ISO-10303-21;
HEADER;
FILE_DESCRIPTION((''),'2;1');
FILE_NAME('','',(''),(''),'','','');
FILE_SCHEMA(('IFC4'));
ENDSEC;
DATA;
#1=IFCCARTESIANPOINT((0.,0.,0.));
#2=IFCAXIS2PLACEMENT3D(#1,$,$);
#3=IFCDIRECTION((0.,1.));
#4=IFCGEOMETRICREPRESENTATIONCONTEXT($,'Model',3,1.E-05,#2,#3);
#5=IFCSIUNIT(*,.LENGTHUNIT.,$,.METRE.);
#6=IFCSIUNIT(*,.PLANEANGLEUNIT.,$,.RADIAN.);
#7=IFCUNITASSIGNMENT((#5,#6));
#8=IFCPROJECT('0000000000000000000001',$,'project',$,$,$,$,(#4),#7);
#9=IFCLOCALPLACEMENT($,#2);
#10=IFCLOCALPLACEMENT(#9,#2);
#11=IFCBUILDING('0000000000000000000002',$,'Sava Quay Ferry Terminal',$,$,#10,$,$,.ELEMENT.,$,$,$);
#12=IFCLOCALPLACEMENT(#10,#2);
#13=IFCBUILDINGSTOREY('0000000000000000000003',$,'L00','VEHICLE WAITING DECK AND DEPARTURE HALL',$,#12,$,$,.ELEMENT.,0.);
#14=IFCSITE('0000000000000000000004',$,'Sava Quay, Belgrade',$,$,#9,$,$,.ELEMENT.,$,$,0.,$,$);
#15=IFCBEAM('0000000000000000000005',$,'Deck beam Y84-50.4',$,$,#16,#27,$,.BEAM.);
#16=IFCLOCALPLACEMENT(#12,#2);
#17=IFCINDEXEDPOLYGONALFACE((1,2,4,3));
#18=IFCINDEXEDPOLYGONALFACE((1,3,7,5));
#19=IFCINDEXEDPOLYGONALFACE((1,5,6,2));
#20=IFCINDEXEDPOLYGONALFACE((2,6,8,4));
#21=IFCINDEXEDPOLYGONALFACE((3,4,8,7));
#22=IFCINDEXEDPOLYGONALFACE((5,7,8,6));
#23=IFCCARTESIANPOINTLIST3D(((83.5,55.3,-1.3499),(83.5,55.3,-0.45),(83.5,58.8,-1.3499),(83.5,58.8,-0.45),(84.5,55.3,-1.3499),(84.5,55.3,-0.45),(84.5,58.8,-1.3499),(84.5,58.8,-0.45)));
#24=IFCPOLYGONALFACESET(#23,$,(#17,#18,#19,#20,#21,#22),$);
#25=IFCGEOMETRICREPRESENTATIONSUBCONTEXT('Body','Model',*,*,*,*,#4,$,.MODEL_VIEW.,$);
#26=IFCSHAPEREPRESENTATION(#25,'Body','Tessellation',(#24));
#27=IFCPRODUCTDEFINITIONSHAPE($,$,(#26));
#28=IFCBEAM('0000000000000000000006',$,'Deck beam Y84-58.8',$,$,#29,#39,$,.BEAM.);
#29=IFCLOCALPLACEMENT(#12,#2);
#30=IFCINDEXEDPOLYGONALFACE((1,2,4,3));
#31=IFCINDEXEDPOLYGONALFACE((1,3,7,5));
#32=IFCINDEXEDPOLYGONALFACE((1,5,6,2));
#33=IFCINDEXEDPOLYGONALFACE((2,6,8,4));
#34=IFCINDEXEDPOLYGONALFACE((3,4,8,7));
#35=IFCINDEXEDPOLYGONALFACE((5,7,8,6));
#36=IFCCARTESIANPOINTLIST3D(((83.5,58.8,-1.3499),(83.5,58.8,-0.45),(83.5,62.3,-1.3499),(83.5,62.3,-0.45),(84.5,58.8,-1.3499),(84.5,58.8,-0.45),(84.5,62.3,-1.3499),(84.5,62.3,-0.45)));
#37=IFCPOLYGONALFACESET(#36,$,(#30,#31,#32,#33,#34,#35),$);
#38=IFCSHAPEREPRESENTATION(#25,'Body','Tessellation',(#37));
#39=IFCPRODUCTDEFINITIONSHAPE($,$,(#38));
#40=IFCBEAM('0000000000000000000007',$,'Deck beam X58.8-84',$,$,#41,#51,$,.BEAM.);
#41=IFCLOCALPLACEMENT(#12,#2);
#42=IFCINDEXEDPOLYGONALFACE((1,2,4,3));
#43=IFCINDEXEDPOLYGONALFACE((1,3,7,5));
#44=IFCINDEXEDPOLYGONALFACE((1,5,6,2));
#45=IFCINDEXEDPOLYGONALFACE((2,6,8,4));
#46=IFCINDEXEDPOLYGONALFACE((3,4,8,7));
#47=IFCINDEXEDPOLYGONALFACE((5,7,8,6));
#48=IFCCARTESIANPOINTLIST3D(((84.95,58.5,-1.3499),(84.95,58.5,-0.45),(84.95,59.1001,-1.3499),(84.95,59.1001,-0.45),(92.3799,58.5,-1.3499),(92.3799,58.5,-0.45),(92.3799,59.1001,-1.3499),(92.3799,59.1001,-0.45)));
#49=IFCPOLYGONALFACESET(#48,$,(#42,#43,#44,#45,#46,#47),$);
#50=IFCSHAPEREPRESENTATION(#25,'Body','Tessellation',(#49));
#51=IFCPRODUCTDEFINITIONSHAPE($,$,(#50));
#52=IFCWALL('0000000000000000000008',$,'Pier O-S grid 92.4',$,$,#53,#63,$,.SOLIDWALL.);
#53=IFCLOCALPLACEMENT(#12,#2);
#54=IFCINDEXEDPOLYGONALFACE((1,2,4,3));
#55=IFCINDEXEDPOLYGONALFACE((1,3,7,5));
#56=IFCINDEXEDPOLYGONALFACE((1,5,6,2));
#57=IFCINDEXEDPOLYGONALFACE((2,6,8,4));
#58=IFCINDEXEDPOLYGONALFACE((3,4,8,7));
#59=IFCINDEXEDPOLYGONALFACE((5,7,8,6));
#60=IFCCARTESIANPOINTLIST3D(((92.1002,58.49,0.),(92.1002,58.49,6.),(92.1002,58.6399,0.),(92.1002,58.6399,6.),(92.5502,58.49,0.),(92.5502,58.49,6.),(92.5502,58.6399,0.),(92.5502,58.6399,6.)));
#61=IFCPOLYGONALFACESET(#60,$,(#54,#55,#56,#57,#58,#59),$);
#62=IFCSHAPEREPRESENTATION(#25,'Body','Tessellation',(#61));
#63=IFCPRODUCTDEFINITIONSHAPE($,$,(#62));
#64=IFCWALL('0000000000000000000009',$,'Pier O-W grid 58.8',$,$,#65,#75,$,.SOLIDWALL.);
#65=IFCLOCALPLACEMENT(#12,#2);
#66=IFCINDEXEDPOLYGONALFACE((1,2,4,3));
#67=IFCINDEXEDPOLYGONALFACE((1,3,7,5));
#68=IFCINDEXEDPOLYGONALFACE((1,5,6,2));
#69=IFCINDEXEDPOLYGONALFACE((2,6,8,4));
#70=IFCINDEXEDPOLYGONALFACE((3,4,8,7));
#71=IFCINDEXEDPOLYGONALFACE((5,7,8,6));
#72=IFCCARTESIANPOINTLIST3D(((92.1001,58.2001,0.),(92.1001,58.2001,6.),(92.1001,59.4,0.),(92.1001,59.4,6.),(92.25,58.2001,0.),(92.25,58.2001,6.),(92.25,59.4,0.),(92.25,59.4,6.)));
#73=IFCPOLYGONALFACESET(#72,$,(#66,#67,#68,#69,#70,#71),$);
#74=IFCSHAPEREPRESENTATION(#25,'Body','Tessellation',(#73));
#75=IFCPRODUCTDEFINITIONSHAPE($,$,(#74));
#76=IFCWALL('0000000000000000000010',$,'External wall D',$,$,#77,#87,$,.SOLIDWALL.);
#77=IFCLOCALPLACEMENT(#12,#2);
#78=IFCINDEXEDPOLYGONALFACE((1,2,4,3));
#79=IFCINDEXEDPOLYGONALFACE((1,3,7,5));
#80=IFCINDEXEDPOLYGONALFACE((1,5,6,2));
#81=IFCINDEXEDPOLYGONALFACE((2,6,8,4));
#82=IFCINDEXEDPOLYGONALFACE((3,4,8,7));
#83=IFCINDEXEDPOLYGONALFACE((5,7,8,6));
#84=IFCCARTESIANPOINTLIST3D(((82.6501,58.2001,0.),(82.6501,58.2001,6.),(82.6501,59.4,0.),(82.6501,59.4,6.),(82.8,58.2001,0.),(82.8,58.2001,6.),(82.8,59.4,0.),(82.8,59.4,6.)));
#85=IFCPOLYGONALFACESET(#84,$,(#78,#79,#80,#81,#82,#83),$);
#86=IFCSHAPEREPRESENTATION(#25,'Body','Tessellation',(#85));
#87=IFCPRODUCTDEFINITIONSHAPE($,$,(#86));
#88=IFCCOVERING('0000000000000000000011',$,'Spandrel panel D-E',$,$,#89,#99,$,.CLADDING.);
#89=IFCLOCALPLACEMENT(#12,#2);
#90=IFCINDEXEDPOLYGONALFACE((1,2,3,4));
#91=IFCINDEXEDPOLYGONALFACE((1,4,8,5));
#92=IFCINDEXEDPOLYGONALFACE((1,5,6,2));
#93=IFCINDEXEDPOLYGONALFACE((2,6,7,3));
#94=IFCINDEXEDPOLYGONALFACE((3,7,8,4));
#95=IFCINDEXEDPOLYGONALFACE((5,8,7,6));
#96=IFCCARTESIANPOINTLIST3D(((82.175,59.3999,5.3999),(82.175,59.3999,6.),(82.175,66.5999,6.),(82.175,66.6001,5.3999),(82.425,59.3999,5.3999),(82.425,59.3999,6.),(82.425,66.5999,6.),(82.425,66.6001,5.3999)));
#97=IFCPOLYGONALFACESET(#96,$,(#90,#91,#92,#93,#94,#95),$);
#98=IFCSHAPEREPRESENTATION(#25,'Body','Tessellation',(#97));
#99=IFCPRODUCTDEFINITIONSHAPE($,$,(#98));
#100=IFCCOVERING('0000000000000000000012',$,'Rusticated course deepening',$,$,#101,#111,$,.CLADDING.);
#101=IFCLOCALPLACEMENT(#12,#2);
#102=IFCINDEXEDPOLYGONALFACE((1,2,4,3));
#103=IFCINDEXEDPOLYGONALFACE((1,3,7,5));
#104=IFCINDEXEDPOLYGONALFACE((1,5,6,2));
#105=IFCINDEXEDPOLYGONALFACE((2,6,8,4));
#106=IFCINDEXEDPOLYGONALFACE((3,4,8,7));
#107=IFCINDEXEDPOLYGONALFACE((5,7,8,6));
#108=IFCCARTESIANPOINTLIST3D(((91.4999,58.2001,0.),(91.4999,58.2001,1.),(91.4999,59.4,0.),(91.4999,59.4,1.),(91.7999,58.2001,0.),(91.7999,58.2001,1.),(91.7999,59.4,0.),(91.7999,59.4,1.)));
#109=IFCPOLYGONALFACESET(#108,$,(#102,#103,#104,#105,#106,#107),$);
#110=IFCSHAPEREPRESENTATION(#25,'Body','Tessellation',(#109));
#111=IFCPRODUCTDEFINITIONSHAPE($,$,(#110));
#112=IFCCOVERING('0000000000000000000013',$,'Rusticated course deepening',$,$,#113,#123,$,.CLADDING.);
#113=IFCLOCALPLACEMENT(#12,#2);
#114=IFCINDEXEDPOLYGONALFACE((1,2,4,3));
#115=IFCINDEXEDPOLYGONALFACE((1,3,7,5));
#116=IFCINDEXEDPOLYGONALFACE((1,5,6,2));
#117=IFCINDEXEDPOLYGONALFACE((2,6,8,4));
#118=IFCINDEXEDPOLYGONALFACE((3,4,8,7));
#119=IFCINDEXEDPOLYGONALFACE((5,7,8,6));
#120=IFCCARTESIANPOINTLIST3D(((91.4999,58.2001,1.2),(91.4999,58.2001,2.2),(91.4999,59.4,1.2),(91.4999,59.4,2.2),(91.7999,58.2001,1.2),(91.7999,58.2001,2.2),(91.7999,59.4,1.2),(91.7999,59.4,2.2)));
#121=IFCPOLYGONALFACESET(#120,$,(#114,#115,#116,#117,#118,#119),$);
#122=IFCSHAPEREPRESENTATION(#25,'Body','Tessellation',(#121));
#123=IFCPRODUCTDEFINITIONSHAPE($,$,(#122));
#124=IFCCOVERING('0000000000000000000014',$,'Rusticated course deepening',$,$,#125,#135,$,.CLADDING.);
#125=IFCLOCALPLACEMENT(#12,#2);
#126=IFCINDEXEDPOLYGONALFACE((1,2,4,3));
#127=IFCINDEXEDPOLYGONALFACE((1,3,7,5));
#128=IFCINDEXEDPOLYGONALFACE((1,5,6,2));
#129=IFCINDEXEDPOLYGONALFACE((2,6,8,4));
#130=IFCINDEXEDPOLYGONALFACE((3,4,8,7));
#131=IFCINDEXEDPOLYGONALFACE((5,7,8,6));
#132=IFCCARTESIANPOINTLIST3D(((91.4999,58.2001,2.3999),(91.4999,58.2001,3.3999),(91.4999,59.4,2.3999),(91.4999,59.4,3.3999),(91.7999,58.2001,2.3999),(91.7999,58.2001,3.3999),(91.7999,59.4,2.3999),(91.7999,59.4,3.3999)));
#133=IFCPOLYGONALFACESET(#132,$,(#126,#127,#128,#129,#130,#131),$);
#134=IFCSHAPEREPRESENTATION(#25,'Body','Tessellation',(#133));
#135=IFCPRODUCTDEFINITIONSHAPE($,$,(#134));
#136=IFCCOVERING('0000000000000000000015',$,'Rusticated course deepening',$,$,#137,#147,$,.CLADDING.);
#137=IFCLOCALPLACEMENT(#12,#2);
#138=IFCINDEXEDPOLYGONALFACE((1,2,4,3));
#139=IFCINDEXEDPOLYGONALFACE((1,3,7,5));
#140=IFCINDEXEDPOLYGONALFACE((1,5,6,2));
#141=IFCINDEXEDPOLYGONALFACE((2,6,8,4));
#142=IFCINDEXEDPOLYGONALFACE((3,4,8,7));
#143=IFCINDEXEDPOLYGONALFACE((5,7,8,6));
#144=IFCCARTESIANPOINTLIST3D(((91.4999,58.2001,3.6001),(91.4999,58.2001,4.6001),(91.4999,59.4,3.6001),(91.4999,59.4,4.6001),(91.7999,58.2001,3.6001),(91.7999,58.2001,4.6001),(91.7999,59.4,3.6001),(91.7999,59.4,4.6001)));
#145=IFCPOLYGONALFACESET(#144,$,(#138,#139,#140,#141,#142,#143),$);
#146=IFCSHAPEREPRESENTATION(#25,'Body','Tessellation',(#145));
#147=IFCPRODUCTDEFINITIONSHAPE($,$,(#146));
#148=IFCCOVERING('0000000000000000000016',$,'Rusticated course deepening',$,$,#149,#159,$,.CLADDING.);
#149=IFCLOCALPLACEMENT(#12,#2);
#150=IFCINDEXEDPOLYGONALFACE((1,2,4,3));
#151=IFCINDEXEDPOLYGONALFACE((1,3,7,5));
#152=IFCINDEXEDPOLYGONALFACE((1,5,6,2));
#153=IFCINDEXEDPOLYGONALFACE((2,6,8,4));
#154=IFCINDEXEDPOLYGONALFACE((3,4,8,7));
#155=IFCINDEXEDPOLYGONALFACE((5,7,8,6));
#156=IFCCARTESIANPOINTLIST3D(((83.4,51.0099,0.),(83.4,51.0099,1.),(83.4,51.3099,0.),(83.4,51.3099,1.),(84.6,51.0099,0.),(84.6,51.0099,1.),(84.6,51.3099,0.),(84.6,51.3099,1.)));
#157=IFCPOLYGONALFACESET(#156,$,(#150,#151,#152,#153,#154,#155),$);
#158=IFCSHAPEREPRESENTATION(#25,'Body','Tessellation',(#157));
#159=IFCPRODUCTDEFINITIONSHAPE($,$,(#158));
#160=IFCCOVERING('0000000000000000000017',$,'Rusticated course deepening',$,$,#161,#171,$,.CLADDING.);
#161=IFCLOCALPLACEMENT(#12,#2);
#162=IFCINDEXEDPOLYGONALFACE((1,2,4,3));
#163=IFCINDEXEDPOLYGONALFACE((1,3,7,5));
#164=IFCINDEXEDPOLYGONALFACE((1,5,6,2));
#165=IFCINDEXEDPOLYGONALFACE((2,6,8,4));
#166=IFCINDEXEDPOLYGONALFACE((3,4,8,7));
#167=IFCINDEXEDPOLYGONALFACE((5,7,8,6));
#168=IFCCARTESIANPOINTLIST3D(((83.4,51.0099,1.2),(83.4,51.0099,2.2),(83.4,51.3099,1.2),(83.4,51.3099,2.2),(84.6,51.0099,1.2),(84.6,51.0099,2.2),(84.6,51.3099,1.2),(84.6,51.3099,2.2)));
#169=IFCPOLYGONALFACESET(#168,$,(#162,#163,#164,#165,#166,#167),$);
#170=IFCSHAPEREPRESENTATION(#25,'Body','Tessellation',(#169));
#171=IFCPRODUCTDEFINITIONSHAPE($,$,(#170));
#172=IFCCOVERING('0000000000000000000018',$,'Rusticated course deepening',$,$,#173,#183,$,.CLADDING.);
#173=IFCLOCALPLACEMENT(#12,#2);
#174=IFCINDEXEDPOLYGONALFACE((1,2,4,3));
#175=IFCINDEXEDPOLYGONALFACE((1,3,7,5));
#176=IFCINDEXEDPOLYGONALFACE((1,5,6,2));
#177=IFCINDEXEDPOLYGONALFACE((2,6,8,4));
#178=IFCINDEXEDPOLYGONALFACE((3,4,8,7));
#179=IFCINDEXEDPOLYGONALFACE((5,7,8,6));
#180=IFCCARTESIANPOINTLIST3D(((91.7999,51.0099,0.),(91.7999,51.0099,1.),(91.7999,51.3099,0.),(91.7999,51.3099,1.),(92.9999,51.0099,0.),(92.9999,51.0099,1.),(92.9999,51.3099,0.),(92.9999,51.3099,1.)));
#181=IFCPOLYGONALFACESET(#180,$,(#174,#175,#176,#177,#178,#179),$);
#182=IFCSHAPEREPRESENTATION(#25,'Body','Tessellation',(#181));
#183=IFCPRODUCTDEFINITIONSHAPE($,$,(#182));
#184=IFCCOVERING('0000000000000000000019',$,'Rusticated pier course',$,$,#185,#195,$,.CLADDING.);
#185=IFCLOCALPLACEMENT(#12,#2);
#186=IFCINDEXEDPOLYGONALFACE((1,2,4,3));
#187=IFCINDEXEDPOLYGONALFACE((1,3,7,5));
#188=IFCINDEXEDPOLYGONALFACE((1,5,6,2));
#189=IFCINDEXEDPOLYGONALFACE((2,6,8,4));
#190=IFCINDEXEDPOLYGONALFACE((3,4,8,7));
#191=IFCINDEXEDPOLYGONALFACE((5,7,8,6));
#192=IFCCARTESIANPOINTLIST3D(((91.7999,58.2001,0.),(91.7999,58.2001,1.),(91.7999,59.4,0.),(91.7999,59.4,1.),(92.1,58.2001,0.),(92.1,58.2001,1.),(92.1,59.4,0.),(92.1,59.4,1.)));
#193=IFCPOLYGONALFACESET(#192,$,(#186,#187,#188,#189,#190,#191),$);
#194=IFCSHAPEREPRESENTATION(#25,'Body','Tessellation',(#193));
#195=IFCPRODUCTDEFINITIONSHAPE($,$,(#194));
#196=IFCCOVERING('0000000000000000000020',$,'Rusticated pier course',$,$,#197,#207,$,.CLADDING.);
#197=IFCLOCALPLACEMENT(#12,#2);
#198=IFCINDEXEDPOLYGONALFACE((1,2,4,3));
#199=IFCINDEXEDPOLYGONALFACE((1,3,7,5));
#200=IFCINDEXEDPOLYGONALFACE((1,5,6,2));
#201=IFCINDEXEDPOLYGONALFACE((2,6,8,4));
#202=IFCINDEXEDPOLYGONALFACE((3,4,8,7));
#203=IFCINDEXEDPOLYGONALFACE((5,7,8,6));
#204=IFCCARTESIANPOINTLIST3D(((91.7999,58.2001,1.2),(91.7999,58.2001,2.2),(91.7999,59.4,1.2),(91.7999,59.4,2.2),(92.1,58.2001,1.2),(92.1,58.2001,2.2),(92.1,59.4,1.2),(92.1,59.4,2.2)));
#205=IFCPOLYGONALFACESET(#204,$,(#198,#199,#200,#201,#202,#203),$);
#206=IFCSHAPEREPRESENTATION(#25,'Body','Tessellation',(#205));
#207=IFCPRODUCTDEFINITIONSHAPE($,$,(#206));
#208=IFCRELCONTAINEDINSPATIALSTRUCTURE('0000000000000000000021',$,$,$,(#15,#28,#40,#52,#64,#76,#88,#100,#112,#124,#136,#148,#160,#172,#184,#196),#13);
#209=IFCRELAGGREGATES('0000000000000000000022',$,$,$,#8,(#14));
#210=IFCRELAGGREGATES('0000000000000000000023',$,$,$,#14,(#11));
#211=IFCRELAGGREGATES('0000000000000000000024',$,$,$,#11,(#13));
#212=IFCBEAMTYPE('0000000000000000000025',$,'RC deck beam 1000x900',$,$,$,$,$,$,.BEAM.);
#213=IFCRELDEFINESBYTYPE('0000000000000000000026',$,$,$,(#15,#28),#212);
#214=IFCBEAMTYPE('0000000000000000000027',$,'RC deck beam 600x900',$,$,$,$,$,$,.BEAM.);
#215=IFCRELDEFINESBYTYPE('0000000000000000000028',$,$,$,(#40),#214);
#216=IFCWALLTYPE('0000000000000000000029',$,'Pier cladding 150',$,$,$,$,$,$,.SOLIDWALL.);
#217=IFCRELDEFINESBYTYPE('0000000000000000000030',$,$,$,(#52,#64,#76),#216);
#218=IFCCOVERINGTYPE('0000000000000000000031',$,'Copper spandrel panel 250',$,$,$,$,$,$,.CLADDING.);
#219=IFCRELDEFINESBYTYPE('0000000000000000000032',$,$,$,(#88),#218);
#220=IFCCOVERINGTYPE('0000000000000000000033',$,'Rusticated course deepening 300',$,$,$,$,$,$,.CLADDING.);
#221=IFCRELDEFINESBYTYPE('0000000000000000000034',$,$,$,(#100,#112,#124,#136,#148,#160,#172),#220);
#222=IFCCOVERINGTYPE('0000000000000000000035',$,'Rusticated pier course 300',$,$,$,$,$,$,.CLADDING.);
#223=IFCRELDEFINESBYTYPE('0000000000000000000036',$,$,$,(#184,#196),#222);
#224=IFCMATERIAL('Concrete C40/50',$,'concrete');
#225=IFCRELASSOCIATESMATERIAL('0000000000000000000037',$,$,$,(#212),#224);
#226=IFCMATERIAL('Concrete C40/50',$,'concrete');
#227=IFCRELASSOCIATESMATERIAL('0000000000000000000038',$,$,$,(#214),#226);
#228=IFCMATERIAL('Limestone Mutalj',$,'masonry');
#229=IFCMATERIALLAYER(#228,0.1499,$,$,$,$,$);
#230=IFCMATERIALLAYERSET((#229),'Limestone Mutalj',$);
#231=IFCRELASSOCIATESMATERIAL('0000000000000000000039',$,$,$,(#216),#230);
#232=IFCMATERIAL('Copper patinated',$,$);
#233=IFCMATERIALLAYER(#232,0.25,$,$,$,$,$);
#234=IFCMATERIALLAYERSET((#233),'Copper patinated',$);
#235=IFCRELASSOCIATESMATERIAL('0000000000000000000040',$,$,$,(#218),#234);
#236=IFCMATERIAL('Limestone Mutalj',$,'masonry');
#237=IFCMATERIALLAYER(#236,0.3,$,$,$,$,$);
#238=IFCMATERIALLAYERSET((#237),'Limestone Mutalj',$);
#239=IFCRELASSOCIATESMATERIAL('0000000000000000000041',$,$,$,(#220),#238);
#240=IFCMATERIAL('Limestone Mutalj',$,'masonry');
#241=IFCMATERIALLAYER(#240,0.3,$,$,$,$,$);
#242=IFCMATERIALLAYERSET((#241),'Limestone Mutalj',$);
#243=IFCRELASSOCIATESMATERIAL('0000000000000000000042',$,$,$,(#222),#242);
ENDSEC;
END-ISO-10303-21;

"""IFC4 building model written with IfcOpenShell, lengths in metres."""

from ifc_helpers import new_model, si_unit, direction, frame, frame_2d, origin, origin_2d, place, context, subcontext, project, spatial, polyline, rectangle, outline, extrude, material, layer, layer_set, material_profile, profile_set, type_object, element, save


model = new_model("IFC4")

# Units and contexts
model_context = context("Model", 3, precision=1e-05, world=origin(), true_north=direction((0.0, 1.0)))
body_context = subcontext(model_context, "Body", "Model", "MODEL_VIEW")
ifc_project = project(units=[si_unit("LENGTHUNIT", "METRE"), si_unit("PLANEANGLEUNIT", "RADIAN")], contexts=[model_context])

# Site, building, storey
site_placement = place(None, origin())
site = spatial("IfcSite", under=ifc_project, at=site_placement, Name="Sava Quay, Belgrade", CompositionType="ELEMENT", RefElevation=0.0)
building_placement = place(site_placement, origin())
building = spatial("IfcBuilding", under=site, at=building_placement, Name="Sava Quay Ferry Terminal", CompositionType="ELEMENT")
storey_placement = place(building_placement, origin())
storey = spatial("IfcBuildingStorey", under=building, at=storey_placement, Name="L00", Description="VEHICLE WAITING DECK AND DEPARTURE HALL", CompositionType="ELEMENT", Elevation=0.0)

# Beams
ifc_material_1 = material(Name="Concrete C40/50", Category="concrete")
ifc_material_profile_1 = material_profile(ifc_material_1, rectangle(XDim=1.0, YDim=0.8999, at=origin_2d()), Name="RC 1000x900")
ifc_profile_set_1 = profile_set([ifc_material_profile_1], Name="Concrete C40/50")
beam_type_1 = type_object("IfcBeamType", Name="RC deck beam 1000x900", PredefinedType="BEAM", material=ifc_profile_set_1)
for number, where, z_axis, x_axis, name in (
    (1, (84.0, 55.3, -0.8999), (0.0, 1.0, 0.0), (-1.0, 0.0, 0.0), "Deck beam Y84-50.4"),
    (2, (84.0, 58.8, -0.8999), (0.0, 1.0, 0.0), (-1.0, 0.0, 0.0), "Deck beam Y84-58.8"),
):
    element("IfcBeam", number, at=place(storey_placement, frame(where, z_axis=z_axis, x_axis=x_axis)), inside=storey, type_object=beam_type_1, Name=name, PredefinedType="BEAM", context=body_context, shape_type="SweptSolid", body=[
        extrude(rectangle(XDim=1.0, YDim=0.8999, at=origin_2d()), origin(), (0.0, 0.0, 1.0), 3.5),
    ])
ifc_material_2 = material(Name="Concrete C40/50", Category="concrete")
ifc_material_profile_2 = material_profile(ifc_material_2, rectangle(XDim=0.6001, YDim=0.8999, at=origin_2d()), Name="RC 600x900")
ifc_profile_set_2 = profile_set([ifc_material_profile_2], Name="Concrete C40/50")
beam_type_2 = type_object("IfcBeamType", Name="RC deck beam 600x900", PredefinedType="BEAM", material=ifc_profile_set_2)
beam_placement = place(storey_placement, frame((84.95, 58.8, -0.8999), z_axis=(1.0, 0.0, 0.0), x_axis=(0.0, 1.0, 0.0)))
element("IfcBeam", 3, at=beam_placement, inside=storey, type_object=beam_type_2, Name="Deck beam X58.8-84", PredefinedType="BEAM", context=body_context, shape_type="SweptSolid", body=[
    extrude(rectangle(XDim=0.6001, YDim=0.8999, at=origin_2d()), origin(), (0.0, 0.0, 1.0), 7.4299),
])

# Walls
ifc_material_3 = material(Name="Limestone Mutalj", Category="masonry")
ifc_layer_1 = layer(ifc_material_3, 0.1499)
ifc_layer_set_1 = layer_set([ifc_layer_1], Name="Limestone Mutalj")
wall_type = type_object("IfcWallType", Name="Pier cladding 150", PredefinedType="SOLIDWALL", material=ifc_layer_set_1)
wall_placement = place(storey_placement, frame((92.1001, 58.5649, 0.0), z_axis=(0.0, 0.0, 1.0), x_axis=(1.0, 0.0, 0.0)))
element("IfcWall", 4, at=wall_placement, inside=storey, type_object=wall_type, Name="Pier O-S grid 92.4", PredefinedType="SOLIDWALL", context=body_context, shape_type="SweptSolid", body=[
    extrude(rectangle(XDim=0.45, YDim=0.1499, at=frame_2d((0.2251, 0.0))), origin(), (0.0, 0.0, 1.0), 6.0),
])
for number, where, z_axis, x_axis, name in (
    (5, (92.175, 58.2, 0.0), (0.0, 0.0, 1.0), (0.0, 1.0, 0.0), "Pier O-W grid 58.8"),
    (6, (82.7251, 58.2, 0.0), (0.0, 0.0, 1.0), (0.0, 1.0, 0.0), "External wall D"),
):
    element("IfcWall", number, at=place(storey_placement, frame(where, z_axis=z_axis, x_axis=x_axis)), inside=storey, type_object=wall_type, Name=name, PredefinedType="SOLIDWALL", context=body_context, shape_type="SweptSolid", body=[
        extrude(rectangle(XDim=1.2, YDim=0.1499, at=frame_2d((0.6001, 0.0))), origin(), (0.0, 0.0, 1.0), 6.0),
    ])

# Coverings
ifc_material_4 = material(Name="Copper patinated")
ifc_layer_2 = layer(ifc_material_4, 0.25)
ifc_layer_set_2 = layer_set([ifc_layer_2], Name="Copper patinated")
covering_type_1 = type_object("IfcCoveringType", Name="Copper spandrel panel 250", PredefinedType="CLADDING", material=ifc_layer_set_2)
covering_placement = place(storey_placement, frame((82.3, 59.3999, 5.3999), z_axis=(0.0, 0.0, 1.0), x_axis=(0.0, 1.0, 0.0)))
element("IfcCovering", 7, at=covering_placement, inside=storey, type_object=covering_type_1, Name="Spandrel panel D-E", PredefinedType="CLADDING", context=body_context, shape_type="SweptSolid", body=[
    extrude(outline(polyline([(0.0, 0.0), (7.2002, 0.0), (7.2, 0.6001), (0.0, 0.6001), (0.0, 0.0)])), frame((0.0, 0.125, 0.0), z_axis=(0.0, -1.0, 0.0), x_axis=(1.0, 0.0, 0.0)), (0.0, 0.0, 1.0), 0.25),
])
ifc_material_5 = material(Name="Limestone Mutalj", Category="masonry")
ifc_layer_3 = layer(ifc_material_5, 0.3)
ifc_layer_set_3 = layer_set([ifc_layer_3], Name="Limestone Mutalj")
covering_type_2 = type_object("IfcCoveringType", Name="Rusticated course deepening 300", PredefinedType="CLADDING", material=ifc_layer_set_3)
for number, where, z_axis, x_axis, name in (
    (8, (91.6499, 58.8, 0.0), (0.0, 0.0, 1.0), (1.0, 0.0, 0.0), "Rusticated course deepening"),
    (9, (91.6499, 58.8, 1.2), (0.0, 0.0, 1.0), (1.0, 0.0, 0.0), "Rusticated course deepening"),
    (10, (91.6499, 58.8, 2.3999), (0.0, 0.0, 1.0), (1.0, 0.0, 0.0), "Rusticated course deepening"),
    (11, (91.6499, 58.8, 3.6001), (0.0, 0.0, 1.0), (1.0, 0.0, 0.0), "Rusticated course deepening"),
):
    element("IfcCovering", number, at=place(storey_placement, frame(where, z_axis=z_axis, x_axis=x_axis)), inside=storey, type_object=covering_type_2, Name=name, PredefinedType="CLADDING", context=body_context, shape_type="SweptSolid", body=[
        extrude(rectangle(XDim=0.3, YDim=1.2, at=origin_2d()), origin(), (0.0, 0.0, 1.0), 1.0),
    ])
for number, where, z_axis, x_axis, name in (
    (12, (84.0, 51.1599, 0.0), (0.0, 0.0, 1.0), (1.0, 0.0, 0.0), "Rusticated course deepening"),
    (13, (84.0, 51.1599, 1.2), (0.0, 0.0, 1.0), (1.0, 0.0, 0.0), "Rusticated course deepening"),
    (14, (92.3999, 51.1599, 0.0), (0.0, 0.0, 1.0), (1.0, 0.0, 0.0), "Rusticated course deepening"),
):
    element("IfcCovering", number, at=place(storey_placement, frame(where, z_axis=z_axis, x_axis=x_axis)), inside=storey, type_object=covering_type_2, Name=name, PredefinedType="CLADDING", context=body_context, shape_type="SweptSolid", body=[
        extrude(rectangle(XDim=1.2, YDim=0.3, at=origin_2d()), origin(), (0.0, 0.0, 1.0), 1.0),
    ])
ifc_material_6 = material(Name="Limestone Mutalj", Category="masonry")
ifc_layer_4 = layer(ifc_material_6, 0.3)
ifc_layer_set_4 = layer_set([ifc_layer_4], Name="Limestone Mutalj")
covering_type_3 = type_object("IfcCoveringType", Name="Rusticated pier course 300", PredefinedType="CLADDING", material=ifc_layer_set_4)
for number, where, z_axis, x_axis, name in (
    (15, (91.95, 58.8, 0.0), (0.0, 0.0, 1.0), (1.0, 0.0, 0.0), "Rusticated pier course"),
    (16, (91.95, 58.8, 1.2), (0.0, 0.0, 1.0), (1.0, 0.0, 0.0), "Rusticated pier course"),
):
    element("IfcCovering", number, at=place(storey_placement, frame(where, z_axis=z_axis, x_axis=x_axis)), inside=storey, type_object=covering_type_3, Name=name, PredefinedType="CLADDING", context=body_context, shape_type="SweptSolid", body=[
        extrude(rectangle(XDim=0.3, YDim=1.2, at=origin_2d()), origin(), (0.0, 0.0, 1.0), 1.0),
    ])

save(model, "model.ifc")
